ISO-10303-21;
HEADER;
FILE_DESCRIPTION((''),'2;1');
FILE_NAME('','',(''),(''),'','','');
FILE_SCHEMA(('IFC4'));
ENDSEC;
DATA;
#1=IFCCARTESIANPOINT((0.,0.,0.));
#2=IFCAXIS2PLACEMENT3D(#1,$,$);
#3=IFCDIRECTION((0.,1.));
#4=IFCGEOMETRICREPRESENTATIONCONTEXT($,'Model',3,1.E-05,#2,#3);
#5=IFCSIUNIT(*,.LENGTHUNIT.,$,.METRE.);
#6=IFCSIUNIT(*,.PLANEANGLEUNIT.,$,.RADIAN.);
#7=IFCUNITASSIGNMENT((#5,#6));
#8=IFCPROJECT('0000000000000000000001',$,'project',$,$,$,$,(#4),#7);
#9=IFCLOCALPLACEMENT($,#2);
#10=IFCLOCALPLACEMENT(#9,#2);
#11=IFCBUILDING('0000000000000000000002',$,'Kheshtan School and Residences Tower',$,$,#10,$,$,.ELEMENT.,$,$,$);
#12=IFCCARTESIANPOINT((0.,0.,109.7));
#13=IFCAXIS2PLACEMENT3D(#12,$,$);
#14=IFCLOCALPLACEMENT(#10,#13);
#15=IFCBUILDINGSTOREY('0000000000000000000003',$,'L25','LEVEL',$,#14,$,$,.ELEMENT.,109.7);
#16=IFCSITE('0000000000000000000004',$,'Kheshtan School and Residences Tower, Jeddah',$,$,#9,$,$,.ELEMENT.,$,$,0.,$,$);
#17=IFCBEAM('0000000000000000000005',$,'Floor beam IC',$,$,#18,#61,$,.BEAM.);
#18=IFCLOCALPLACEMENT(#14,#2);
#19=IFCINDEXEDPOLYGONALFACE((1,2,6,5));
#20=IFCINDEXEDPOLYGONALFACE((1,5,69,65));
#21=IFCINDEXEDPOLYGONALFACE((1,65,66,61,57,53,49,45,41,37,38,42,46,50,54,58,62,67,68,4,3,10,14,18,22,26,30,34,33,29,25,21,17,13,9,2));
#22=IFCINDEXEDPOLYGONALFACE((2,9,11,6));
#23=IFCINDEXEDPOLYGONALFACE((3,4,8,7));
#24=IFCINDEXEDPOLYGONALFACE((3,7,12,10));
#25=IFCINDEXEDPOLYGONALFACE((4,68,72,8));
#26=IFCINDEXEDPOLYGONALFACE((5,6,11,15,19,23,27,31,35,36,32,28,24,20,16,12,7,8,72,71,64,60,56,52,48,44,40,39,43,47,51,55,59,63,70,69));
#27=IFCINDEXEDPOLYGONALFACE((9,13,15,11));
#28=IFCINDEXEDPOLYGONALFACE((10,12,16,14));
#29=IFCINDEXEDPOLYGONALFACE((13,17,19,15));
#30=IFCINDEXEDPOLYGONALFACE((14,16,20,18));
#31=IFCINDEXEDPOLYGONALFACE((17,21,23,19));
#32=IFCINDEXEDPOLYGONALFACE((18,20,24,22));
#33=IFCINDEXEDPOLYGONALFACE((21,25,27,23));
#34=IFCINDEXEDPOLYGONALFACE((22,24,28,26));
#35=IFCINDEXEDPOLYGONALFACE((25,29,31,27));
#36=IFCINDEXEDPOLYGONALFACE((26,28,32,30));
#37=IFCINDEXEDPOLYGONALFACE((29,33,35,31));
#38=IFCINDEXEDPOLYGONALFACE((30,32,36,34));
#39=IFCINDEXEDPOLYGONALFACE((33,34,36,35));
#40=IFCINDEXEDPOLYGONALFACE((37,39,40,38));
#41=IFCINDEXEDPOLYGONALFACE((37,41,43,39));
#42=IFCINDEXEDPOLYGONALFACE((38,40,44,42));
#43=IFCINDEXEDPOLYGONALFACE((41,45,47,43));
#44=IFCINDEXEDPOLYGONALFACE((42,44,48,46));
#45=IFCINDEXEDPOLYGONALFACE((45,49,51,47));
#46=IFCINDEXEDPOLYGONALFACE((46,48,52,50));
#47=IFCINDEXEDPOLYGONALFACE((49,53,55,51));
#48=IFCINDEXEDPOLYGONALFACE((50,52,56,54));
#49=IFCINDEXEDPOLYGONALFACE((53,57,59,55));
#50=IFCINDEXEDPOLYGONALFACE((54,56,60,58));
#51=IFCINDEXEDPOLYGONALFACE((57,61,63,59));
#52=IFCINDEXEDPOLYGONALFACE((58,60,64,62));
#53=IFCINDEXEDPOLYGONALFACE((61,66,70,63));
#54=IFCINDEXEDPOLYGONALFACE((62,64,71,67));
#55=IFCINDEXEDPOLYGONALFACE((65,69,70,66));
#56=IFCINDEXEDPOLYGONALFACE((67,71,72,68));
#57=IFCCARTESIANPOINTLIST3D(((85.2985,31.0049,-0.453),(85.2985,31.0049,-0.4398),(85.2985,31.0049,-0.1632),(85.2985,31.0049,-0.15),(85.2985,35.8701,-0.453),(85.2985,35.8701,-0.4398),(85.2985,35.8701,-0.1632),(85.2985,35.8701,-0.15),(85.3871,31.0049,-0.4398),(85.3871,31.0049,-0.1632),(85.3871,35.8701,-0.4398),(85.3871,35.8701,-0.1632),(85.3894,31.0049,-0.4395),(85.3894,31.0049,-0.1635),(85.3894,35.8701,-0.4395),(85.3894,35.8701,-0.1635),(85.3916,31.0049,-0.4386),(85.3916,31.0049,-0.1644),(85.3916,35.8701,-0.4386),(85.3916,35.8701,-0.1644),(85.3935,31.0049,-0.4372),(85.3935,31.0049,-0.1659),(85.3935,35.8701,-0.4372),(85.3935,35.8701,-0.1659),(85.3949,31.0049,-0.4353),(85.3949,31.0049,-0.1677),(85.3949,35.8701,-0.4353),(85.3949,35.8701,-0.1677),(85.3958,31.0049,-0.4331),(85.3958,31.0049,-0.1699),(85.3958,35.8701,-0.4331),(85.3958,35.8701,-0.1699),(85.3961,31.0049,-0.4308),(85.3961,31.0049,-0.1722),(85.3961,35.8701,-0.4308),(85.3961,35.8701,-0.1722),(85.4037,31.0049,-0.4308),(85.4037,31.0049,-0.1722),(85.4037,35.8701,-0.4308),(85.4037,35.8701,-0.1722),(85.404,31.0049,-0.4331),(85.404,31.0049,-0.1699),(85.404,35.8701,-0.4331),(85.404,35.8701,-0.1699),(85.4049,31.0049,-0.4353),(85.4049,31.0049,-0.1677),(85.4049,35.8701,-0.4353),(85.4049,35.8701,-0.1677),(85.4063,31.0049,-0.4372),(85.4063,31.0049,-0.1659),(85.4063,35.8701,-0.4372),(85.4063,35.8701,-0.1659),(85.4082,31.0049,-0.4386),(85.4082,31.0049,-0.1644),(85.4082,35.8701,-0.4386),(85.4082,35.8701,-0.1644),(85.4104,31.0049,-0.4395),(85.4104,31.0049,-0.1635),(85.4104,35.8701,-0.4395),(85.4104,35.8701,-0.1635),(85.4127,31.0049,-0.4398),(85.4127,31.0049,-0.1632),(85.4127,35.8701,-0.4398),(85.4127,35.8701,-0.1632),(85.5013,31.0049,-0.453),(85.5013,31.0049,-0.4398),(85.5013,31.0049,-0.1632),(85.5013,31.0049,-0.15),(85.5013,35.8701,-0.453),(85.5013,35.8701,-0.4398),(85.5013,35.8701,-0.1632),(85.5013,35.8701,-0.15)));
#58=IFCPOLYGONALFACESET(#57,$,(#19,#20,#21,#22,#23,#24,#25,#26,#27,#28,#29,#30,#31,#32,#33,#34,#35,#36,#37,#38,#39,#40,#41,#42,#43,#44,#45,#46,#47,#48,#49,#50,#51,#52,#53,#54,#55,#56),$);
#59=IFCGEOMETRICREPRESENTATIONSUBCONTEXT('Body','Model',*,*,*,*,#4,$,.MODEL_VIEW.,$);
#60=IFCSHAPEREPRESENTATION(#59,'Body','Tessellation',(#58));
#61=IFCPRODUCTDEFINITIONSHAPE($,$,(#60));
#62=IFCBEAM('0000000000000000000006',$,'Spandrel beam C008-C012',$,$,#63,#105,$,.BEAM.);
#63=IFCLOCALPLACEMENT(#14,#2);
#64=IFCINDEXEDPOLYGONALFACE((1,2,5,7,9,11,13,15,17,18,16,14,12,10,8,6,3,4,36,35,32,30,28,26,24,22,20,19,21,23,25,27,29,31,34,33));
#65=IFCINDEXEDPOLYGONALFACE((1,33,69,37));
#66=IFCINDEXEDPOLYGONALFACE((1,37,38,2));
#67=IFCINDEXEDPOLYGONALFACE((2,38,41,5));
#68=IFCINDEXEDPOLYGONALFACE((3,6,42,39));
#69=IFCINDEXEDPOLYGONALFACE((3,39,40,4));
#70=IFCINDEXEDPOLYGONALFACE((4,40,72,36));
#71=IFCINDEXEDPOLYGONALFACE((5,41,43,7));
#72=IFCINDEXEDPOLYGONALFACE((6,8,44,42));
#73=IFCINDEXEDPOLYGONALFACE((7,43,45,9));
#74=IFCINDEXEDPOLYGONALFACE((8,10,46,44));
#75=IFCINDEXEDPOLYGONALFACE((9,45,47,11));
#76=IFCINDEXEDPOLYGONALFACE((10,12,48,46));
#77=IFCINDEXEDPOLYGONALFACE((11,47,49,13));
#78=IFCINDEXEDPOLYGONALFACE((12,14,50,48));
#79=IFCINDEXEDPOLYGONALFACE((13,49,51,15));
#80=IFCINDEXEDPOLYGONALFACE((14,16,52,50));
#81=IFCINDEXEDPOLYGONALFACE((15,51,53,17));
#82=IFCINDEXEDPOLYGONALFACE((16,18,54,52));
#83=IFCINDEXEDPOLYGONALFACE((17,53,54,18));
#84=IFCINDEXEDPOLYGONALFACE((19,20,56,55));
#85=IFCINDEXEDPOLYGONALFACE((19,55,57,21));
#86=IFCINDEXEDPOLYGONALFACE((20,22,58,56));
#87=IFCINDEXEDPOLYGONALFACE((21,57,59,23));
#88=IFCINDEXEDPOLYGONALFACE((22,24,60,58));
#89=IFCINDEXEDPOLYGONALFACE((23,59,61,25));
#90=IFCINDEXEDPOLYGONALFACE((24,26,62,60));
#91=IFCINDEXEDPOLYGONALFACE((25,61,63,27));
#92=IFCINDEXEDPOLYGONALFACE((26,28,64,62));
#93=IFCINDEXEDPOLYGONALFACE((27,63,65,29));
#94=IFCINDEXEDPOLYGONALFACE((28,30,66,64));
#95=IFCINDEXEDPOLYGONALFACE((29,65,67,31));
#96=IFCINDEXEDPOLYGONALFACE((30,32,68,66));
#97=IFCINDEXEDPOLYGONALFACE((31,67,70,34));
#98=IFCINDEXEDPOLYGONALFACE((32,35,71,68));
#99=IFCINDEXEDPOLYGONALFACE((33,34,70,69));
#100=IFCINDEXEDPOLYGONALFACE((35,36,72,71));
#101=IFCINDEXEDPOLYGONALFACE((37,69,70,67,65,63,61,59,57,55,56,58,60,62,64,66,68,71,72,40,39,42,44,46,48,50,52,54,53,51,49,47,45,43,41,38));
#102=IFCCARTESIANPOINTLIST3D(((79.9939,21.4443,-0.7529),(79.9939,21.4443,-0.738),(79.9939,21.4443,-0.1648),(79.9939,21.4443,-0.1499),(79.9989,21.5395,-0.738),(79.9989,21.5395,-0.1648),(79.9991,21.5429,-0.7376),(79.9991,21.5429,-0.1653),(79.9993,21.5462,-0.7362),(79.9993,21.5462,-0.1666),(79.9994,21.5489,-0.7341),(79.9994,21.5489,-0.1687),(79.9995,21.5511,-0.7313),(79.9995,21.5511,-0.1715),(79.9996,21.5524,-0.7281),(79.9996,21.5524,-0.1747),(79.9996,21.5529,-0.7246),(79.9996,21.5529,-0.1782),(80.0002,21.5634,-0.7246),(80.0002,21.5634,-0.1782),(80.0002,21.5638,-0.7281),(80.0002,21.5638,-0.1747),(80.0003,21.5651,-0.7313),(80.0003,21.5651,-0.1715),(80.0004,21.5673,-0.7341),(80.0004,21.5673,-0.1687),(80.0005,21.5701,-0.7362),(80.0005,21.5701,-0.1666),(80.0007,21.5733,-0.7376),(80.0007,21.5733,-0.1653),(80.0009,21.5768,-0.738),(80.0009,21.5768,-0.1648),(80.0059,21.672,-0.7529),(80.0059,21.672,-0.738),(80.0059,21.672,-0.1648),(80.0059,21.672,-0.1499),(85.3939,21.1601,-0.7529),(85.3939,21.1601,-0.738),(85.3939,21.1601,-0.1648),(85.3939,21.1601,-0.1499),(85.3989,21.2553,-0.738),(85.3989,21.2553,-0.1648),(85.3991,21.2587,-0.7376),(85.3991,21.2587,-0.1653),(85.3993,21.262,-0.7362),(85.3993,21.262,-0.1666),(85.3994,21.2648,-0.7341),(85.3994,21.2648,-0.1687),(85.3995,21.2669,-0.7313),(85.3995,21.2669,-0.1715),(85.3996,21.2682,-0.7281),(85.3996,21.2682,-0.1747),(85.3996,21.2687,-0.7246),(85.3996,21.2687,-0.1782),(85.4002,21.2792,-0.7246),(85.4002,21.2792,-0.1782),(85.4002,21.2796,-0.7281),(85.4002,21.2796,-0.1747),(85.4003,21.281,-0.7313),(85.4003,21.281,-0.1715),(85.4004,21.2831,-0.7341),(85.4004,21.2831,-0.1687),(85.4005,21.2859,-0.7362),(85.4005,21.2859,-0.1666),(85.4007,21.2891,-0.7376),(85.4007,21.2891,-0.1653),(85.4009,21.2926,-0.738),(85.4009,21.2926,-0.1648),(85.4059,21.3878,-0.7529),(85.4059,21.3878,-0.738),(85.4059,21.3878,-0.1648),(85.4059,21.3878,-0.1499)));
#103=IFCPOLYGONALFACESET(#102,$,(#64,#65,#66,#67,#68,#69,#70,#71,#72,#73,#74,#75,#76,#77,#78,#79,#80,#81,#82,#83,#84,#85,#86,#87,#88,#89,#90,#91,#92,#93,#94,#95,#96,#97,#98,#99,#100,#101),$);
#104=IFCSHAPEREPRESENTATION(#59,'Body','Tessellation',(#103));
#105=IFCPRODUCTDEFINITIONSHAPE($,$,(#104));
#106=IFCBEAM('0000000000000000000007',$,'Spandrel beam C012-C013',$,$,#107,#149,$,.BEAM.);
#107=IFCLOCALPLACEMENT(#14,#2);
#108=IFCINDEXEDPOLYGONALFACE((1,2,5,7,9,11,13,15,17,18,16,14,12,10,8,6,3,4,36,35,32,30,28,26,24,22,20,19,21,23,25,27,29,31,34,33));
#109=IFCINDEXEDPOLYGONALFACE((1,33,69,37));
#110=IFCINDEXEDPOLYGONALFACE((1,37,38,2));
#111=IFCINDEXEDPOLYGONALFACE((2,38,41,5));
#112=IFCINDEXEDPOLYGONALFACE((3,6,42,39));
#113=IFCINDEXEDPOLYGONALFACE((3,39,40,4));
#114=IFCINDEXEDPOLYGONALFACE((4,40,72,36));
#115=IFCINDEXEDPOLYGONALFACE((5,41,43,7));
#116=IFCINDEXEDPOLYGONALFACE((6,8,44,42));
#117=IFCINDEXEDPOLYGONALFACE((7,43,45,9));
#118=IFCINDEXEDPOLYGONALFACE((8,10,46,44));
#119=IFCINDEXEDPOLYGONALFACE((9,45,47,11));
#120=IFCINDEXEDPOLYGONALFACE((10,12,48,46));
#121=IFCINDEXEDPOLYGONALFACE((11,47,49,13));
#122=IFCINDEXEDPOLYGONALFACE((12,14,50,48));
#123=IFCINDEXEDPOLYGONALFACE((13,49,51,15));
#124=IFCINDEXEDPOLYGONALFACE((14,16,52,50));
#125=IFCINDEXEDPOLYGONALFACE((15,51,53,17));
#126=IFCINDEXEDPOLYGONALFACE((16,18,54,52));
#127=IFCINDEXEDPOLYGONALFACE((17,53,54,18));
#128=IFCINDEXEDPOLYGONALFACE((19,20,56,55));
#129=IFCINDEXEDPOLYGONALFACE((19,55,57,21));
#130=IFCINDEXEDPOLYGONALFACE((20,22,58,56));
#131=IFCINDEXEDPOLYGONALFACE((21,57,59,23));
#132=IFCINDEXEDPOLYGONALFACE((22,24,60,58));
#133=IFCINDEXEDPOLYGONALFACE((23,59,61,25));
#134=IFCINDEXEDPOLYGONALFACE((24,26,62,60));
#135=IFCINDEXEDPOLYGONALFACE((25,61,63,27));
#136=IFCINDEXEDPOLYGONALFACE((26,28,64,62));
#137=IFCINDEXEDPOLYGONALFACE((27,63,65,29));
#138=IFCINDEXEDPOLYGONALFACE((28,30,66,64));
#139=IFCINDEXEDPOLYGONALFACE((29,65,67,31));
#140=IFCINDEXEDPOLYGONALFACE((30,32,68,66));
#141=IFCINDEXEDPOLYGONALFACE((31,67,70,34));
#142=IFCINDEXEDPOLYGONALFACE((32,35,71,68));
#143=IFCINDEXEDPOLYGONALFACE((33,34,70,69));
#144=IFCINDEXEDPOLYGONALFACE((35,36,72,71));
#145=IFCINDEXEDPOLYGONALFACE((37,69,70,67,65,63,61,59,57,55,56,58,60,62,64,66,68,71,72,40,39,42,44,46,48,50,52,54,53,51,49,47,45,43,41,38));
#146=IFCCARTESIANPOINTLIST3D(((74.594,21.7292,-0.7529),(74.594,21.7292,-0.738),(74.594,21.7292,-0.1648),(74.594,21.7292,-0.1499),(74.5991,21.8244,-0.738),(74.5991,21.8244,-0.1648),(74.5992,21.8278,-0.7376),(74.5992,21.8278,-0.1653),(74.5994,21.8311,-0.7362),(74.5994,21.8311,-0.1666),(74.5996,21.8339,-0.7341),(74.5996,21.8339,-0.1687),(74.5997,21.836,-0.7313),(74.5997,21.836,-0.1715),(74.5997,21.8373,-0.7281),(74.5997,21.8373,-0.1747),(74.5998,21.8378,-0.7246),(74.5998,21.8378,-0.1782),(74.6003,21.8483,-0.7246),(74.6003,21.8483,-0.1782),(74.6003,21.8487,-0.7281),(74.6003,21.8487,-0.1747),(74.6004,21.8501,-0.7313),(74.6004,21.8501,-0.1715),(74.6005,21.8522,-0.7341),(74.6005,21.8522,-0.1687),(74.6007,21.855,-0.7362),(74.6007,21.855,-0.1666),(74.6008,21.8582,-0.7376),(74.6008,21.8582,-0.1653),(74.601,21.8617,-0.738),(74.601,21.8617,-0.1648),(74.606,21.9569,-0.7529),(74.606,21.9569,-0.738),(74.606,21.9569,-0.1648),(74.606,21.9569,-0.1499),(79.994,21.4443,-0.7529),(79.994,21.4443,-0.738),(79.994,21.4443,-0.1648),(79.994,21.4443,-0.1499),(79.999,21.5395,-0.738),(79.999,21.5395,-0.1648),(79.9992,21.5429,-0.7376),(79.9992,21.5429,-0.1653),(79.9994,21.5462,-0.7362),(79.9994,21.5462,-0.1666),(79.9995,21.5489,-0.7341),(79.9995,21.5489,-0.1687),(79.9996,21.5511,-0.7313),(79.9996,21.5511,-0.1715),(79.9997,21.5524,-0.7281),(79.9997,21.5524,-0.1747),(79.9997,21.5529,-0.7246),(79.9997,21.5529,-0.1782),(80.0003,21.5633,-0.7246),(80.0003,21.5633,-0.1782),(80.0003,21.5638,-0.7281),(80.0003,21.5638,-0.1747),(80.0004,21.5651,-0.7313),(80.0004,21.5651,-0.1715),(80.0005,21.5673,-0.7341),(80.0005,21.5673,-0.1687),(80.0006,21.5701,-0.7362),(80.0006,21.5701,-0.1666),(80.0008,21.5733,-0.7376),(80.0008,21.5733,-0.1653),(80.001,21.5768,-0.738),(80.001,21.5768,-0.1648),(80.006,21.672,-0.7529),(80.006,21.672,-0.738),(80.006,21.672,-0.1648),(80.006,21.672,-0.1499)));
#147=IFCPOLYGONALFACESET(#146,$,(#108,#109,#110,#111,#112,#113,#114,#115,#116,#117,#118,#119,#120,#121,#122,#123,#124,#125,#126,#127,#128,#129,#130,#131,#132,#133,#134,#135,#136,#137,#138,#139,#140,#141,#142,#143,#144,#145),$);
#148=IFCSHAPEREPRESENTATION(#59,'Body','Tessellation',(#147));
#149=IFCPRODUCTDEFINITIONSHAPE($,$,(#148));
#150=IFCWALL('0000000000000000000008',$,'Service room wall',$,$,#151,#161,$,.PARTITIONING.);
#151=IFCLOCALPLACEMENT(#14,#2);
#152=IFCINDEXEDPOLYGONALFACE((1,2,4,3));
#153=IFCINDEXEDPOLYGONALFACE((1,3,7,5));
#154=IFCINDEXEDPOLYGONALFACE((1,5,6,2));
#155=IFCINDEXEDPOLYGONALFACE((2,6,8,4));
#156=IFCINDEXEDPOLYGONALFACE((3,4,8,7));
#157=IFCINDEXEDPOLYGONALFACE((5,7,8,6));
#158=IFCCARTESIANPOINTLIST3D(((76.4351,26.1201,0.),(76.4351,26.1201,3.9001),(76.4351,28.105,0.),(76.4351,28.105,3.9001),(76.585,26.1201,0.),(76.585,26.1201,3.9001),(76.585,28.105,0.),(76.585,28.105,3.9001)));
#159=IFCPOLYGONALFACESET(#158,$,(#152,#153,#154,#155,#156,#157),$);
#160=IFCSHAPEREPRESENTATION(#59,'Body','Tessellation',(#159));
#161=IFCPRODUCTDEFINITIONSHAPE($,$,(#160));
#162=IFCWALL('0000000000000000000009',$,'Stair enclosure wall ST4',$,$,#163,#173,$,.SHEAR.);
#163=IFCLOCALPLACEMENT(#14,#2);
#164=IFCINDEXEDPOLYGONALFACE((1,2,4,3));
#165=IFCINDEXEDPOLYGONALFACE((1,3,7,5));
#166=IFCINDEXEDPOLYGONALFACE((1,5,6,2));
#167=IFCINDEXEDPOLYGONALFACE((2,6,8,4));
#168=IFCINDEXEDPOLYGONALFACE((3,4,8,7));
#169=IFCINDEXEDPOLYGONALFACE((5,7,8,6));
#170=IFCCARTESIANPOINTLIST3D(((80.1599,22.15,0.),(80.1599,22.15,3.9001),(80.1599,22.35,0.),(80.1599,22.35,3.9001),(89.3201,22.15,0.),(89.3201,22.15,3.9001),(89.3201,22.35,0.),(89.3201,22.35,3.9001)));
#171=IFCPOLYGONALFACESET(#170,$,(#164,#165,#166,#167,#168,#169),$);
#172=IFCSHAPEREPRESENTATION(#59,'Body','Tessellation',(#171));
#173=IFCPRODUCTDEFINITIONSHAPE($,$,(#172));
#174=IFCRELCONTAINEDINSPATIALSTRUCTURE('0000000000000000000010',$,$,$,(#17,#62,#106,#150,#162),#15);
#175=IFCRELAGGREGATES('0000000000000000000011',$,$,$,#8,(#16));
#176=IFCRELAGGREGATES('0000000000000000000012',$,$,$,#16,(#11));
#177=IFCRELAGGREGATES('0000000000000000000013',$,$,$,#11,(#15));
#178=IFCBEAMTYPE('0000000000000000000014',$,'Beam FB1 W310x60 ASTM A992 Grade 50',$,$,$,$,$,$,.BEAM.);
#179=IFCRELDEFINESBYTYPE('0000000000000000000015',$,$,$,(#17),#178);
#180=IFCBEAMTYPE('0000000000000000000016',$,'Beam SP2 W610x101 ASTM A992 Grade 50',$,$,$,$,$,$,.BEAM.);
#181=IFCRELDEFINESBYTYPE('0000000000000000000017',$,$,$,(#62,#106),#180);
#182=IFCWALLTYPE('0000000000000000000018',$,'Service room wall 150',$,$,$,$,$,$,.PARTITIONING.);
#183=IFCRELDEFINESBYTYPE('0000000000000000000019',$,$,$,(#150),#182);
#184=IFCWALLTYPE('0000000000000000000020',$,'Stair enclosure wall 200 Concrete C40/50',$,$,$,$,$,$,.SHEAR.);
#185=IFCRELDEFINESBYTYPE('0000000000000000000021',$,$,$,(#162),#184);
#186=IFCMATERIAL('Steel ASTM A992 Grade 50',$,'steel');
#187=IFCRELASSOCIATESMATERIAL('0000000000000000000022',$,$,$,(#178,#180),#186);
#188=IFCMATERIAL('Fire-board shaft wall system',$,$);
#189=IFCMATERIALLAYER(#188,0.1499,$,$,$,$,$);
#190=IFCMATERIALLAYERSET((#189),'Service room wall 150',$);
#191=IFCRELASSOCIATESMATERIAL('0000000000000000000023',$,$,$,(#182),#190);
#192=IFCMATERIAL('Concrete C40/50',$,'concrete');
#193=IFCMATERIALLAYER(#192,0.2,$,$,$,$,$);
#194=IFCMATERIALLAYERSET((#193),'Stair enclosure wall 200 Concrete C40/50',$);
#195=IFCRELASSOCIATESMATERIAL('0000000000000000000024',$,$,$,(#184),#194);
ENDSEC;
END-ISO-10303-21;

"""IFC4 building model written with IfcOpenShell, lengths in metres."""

from ifc_helpers import new_model, si_unit, direction, frame, frame_2d, origin, origin_2d, place, context, subcontext, project, spatial, rectangle, i_section, extrude, material, layer, layer_set, material_profile, profile_set, type_object, element, save


model = new_model("IFC4")

# Units and contexts
model_context = context("Model", 3, precision=1e-05, world=origin(), true_north=direction((0.0, 1.0)))
body_context = subcontext(model_context, "Body", "Model", "MODEL_VIEW")
ifc_project = project(units=[si_unit("LENGTHUNIT", "METRE"), si_unit("PLANEANGLEUNIT", "RADIAN")], contexts=[model_context])

# Site, building, storey
site_placement = place(None, origin())
site = spatial("IfcSite", under=ifc_project, at=site_placement, Name="Kheshtan School and Residences Tower, Jeddah", CompositionType="ELEMENT", RefElevation=0.0)
building_placement = place(site_placement, origin())
building = spatial("IfcBuilding", under=site, at=building_placement, Name="Kheshtan School and Residences Tower", CompositionType="ELEMENT")
storey_placement = place(building_placement, frame((0.0, 0.0, 109.7)))
storey = spatial("IfcBuildingStorey", under=building, at=storey_placement, Name="L25", Description="LEVEL", CompositionType="ELEMENT", Elevation=109.7)

# Shared definitions
ifc_material_1 = material(Name="Steel ASTM A992 Grade 50", Category="steel")

# Beams
ifc_material_profile_1 = material_profile(ifc_material_1, i_section(OverallWidth=0.2029, OverallDepth=0.303, WebThickness=0.0076, FlangeThickness=0.0132, FilletRadius=0.009, at=origin_2d()), Name="W310x60")
ifc_profile_set_1 = profile_set([ifc_material_profile_1], Name="Steel ASTM A992 Grade 50")
beam_type_1 = type_object("IfcBeamType", Name="Beam FB1 W310x60 ASTM A992 Grade 50", PredefinedType="BEAM", material=ifc_profile_set_1)
beam_placement = place(storey_placement, frame((85.3999, 31.0049, -0.3015), z_axis=(0.0, 1.0, 0.0), x_axis=(-1.0, 0.0, 0.0)))
element("IfcBeam", 1, at=beam_placement, inside=storey, type_object=beam_type_1, Name="Floor beam IC", PredefinedType="BEAM", context=body_context, shape_type="SweptSolid", body=[
    extrude(i_section(OverallWidth=0.2029, OverallDepth=0.303, WebThickness=0.0076, FlangeThickness=0.0132, FilletRadius=0.009, at=origin_2d()), origin(), (0.0, 0.0, 1.0), 4.8652),
])
ifc_material_profile_2 = material_profile(ifc_material_1, i_section(OverallWidth=0.228, OverallDepth=0.603, WebThickness=0.0105, FlangeThickness=0.0149, FilletRadius=0.0134, at=origin_2d()), Name="W610x101")
ifc_profile_set_2 = profile_set([ifc_material_profile_2], Name="Steel ASTM A992 Grade 50")
beam_type_2 = type_object("IfcBeamType", Name="Beam SP2 W610x101 ASTM A992 Grade 50", PredefinedType="BEAM", material=ifc_profile_set_2)
for number, where, z_axis, x_axis, name in (
    (2, (85.3999, 21.2739, -0.4514), (-0.998618, 0.052554, 0.0), (-0.052554, -0.998618, 0.0), "Spandrel beam C008-C012"),
    (3, (80.0, 21.5581, -0.4514), (-0.998611, 0.052689, 0.0), (-0.052689, -0.998611, 0.0), "Spandrel beam C012-C013"),
):
    element("IfcBeam", number, at=place(storey_placement, frame(where, z_axis=z_axis, x_axis=x_axis)), inside=storey, type_object=beam_type_2, Name=name, PredefinedType="BEAM", context=body_context, shape_type="SweptSolid", body=[
        extrude(i_section(OverallWidth=0.228, OverallDepth=0.603, WebThickness=0.0105, FlangeThickness=0.0149, FilletRadius=0.0134, at=origin_2d()), origin(), (0.0, 0.0, 1.0), 5.4075),
    ])

# Walls
ifc_material_2 = material(Name="Fire-board shaft wall system")
ifc_layer_1 = layer(ifc_material_2, 0.1499)
ifc_layer_set_1 = layer_set([ifc_layer_1], Name="Service room wall 150")
wall_type_1 = type_object("IfcWallType", Name="Service room wall 150", PredefinedType="PARTITIONING", material=ifc_layer_set_1)
wall_1_placement = place(storey_placement, frame((76.51, 26.1201, 0.0), z_axis=(0.0, 0.0, 1.0), x_axis=(0.0, 1.0, 0.0)))
element("IfcWall", 4, at=wall_1_placement, inside=storey, type_object=wall_type_1, Name="Service room wall", PredefinedType="PARTITIONING", context=body_context, shape_type="SweptSolid", body=[
    extrude(rectangle(XDim=1.9849, YDim=0.1499, at=frame_2d((0.9924, 0.0))), origin(), (0.0, 0.0, 1.0), 3.9001),
])
ifc_material_3 = material(Name="Concrete C40/50", Category="concrete")
ifc_layer_2 = layer(ifc_material_3, 0.2)
ifc_layer_set_2 = layer_set([ifc_layer_2], Name="Stair enclosure wall 200 Concrete C40/50")
wall_type_2 = type_object("IfcWallType", Name="Stair enclosure wall 200 Concrete C40/50", PredefinedType="SHEAR", material=ifc_layer_set_2)
wall_2_placement = place(storey_placement, frame((80.1599, 22.25, 0.0), z_axis=(0.0, 0.0, 1.0), x_axis=(1.0, 0.0, 0.0)))
element("IfcWall", 5, at=wall_2_placement, inside=storey, type_object=wall_type_2, Name="Stair enclosure wall ST4", PredefinedType="SHEAR", context=body_context, shape_type="SweptSolid", body=[
    extrude(rectangle(XDim=9.1602, YDim=0.2, at=frame_2d((4.5801, 0.0))), origin(), (0.0, 0.0, 1.0), 3.9001),
])

save(model, "model.ifc")
